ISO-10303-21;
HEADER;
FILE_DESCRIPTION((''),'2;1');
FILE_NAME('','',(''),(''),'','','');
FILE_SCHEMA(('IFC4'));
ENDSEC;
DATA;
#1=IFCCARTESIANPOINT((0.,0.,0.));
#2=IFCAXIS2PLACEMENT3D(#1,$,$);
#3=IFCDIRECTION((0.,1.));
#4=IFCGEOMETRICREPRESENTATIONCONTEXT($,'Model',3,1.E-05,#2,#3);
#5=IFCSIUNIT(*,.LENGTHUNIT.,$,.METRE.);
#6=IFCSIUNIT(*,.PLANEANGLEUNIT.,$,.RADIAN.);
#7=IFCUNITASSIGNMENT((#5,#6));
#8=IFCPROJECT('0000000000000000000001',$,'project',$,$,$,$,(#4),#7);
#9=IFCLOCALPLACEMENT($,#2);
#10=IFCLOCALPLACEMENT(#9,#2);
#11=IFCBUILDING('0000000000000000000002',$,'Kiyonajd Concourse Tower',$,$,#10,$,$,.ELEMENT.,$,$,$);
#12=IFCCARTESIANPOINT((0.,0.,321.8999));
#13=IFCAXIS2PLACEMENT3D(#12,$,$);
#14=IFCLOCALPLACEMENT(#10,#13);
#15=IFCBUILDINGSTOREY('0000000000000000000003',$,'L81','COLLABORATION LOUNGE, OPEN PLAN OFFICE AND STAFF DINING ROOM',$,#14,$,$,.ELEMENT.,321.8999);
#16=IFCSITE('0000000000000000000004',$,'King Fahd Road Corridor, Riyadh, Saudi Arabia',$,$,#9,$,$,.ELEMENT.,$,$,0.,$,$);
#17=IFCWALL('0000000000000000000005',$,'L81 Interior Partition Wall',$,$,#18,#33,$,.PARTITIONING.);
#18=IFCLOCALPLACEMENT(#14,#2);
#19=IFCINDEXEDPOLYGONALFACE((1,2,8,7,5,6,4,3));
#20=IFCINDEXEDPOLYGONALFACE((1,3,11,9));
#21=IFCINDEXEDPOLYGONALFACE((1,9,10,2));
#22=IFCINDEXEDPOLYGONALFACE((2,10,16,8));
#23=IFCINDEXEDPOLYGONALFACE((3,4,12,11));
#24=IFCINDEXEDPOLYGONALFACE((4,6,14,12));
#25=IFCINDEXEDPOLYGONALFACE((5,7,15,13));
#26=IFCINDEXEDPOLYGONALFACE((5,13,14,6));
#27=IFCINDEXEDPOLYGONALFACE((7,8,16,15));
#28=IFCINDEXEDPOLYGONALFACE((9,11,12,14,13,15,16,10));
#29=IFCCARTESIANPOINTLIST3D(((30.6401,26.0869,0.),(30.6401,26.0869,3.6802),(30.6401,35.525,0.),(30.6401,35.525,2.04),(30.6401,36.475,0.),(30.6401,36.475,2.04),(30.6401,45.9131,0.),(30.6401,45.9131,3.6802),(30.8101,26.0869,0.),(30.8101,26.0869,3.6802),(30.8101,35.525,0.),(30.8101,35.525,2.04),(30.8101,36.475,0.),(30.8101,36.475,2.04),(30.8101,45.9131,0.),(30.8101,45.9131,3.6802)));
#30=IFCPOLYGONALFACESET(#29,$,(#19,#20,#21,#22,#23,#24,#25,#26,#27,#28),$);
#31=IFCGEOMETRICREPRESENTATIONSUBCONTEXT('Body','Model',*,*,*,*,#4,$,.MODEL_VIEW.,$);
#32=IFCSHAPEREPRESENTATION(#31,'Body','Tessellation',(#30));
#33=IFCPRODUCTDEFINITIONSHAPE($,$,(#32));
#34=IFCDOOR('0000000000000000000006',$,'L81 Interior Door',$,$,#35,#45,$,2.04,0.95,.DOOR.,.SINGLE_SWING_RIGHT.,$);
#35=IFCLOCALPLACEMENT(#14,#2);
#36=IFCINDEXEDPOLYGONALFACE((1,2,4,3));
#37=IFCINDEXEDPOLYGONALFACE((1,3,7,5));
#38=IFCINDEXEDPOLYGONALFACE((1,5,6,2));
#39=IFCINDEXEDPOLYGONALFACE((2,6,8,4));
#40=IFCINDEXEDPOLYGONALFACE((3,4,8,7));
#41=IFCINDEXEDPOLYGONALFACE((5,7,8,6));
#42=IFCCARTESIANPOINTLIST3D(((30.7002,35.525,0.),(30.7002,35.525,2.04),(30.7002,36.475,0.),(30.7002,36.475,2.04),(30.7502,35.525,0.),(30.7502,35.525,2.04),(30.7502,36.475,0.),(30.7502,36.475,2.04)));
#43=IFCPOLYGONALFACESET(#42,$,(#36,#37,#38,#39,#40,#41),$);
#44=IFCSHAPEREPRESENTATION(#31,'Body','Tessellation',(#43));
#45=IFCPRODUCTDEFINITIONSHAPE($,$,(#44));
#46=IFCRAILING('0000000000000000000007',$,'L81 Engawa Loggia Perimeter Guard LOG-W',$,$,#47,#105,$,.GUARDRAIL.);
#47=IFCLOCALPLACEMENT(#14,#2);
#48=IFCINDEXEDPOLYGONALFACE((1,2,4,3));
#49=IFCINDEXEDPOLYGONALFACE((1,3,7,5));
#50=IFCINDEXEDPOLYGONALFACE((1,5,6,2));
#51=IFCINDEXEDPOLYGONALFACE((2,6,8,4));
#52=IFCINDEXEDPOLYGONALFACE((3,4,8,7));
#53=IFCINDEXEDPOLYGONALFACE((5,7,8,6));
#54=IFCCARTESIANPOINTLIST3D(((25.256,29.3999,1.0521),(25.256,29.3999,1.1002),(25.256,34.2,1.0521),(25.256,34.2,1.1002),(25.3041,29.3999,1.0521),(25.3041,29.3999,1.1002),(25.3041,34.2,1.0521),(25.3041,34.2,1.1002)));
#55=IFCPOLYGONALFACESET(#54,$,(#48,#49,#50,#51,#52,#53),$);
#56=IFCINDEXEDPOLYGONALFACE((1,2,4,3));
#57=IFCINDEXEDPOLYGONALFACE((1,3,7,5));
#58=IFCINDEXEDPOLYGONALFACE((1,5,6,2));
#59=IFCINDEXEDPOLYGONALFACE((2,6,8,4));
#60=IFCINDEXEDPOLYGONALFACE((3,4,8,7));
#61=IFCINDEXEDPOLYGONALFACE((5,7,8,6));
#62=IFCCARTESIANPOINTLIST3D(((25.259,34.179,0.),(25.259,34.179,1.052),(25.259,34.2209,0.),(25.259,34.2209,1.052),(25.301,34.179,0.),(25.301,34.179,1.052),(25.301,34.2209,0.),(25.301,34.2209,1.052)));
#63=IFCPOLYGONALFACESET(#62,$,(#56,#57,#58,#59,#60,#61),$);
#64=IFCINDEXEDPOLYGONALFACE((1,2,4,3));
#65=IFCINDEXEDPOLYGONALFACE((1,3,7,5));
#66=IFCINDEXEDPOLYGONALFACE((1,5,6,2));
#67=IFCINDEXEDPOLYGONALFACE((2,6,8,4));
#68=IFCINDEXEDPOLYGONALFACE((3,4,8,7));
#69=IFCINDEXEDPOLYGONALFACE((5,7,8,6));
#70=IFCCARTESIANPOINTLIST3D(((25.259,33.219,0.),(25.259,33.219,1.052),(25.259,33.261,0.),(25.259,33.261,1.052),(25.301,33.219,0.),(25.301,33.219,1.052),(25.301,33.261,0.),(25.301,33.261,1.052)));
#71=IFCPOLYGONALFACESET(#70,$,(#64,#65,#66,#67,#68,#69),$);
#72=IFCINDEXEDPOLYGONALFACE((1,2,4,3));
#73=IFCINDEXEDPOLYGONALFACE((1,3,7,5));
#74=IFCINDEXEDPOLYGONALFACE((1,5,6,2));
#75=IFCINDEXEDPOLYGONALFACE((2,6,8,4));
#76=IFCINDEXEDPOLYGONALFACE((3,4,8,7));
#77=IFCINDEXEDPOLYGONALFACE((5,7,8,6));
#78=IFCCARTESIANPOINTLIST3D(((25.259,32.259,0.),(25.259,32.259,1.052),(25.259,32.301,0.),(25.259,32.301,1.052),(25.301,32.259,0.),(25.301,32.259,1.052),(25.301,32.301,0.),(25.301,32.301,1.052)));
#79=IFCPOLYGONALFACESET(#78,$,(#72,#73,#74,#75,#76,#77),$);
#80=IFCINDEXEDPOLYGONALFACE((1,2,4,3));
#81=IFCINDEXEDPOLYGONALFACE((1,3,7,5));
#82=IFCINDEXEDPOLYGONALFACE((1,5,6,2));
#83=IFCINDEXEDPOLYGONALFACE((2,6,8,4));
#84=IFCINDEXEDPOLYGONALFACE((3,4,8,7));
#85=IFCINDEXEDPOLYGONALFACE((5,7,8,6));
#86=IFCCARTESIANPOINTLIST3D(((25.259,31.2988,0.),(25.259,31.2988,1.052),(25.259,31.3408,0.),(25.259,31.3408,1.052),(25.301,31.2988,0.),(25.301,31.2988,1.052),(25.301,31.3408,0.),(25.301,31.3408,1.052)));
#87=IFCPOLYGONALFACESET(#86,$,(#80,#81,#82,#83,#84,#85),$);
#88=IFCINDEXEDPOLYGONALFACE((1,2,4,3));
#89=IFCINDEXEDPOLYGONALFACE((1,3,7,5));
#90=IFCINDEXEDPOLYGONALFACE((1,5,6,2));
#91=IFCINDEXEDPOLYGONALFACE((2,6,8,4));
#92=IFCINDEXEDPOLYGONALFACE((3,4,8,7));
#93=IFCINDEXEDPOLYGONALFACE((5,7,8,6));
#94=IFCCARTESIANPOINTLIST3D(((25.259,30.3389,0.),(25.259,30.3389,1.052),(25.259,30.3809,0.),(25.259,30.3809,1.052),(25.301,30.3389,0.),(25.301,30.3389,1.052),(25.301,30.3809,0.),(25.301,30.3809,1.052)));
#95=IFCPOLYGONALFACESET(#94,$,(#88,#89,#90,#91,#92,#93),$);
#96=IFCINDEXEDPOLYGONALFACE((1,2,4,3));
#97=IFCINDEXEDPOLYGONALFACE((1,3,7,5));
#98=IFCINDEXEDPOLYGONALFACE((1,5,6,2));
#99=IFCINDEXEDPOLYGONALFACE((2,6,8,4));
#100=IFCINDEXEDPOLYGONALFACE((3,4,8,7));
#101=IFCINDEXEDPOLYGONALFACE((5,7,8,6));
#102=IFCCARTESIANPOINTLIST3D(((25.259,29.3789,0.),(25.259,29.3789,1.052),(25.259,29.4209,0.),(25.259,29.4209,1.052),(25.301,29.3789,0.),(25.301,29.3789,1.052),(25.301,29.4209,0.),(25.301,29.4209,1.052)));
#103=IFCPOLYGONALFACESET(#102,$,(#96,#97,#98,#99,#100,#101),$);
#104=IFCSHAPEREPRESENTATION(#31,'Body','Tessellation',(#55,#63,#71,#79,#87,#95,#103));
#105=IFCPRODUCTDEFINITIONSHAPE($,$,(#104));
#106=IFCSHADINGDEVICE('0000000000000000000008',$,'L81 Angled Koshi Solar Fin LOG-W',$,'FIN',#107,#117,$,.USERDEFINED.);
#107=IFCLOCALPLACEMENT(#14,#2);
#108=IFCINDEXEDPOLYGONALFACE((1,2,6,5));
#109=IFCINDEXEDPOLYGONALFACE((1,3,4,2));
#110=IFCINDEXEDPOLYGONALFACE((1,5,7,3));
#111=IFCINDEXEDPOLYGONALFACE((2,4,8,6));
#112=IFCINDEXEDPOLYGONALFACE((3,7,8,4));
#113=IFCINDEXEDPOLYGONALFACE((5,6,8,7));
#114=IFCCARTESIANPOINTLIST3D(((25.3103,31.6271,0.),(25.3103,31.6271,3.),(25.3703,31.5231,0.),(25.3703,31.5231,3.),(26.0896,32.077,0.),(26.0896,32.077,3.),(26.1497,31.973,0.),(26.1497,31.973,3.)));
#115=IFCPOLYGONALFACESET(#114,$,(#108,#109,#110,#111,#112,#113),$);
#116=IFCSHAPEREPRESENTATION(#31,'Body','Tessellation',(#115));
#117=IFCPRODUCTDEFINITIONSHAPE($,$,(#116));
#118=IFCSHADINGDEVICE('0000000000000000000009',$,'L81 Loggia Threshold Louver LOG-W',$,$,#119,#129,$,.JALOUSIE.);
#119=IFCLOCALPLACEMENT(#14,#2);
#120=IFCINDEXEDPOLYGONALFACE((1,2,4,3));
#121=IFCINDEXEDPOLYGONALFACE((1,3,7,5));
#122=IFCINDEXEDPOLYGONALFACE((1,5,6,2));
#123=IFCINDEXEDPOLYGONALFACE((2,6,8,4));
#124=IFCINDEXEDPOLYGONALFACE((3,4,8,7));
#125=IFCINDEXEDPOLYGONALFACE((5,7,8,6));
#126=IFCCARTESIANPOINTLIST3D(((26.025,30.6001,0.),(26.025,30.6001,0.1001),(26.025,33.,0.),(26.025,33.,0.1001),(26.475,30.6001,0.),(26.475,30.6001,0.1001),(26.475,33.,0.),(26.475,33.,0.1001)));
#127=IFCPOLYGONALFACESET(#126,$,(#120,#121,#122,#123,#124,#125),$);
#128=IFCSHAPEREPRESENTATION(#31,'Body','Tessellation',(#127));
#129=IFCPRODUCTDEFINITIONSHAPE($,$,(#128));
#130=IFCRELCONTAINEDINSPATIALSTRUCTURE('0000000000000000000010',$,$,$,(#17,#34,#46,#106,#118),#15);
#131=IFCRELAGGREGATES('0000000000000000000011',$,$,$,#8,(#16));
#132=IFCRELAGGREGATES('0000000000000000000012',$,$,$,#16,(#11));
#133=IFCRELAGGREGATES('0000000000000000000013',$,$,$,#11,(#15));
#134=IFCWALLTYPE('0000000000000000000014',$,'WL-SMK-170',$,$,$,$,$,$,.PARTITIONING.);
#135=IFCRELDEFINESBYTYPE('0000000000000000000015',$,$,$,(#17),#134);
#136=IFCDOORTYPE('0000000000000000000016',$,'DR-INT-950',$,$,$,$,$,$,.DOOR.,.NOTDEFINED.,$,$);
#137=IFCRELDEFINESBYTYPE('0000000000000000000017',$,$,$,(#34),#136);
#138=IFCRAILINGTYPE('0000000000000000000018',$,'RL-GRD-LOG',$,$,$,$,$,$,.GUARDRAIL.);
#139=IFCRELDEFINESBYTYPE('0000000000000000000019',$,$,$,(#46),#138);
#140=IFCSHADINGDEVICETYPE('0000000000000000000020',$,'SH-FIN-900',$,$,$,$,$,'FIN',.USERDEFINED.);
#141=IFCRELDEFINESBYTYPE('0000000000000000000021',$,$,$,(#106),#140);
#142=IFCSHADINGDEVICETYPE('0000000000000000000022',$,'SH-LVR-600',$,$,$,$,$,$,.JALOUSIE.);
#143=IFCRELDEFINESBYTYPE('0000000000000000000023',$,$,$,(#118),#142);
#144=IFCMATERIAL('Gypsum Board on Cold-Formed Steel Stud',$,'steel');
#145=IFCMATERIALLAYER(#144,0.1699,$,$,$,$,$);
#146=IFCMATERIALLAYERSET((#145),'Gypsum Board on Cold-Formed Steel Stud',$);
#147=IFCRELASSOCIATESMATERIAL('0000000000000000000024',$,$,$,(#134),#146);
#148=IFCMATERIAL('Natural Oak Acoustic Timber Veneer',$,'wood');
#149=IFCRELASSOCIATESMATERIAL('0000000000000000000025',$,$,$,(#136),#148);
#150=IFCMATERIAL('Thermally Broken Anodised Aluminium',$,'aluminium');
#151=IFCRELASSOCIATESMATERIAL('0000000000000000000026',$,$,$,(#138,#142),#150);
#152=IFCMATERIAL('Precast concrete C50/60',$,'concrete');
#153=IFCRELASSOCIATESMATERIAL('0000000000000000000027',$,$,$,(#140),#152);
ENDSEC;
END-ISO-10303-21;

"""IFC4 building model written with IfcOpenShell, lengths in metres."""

from ifc_helpers import new_model, si_unit, direction, frame, frame_2d, origin, origin_2d, place, context, subcontext, project, spatial, rectangle, extrude, material, layer, layer_set, type_object, element, fill, save


model = new_model("IFC4")

# Units and contexts
model_context = context("Model", 3, precision=1e-05, world=origin(), true_north=direction((0.0, 1.0)))
body_context = subcontext(model_context, "Body", "Model", "MODEL_VIEW")
ifc_project = project(units=[si_unit("LENGTHUNIT", "METRE"), si_unit("PLANEANGLEUNIT", "RADIAN")], contexts=[model_context])

# Site, building, storey
site_placement = place(None, origin())
site = spatial("IfcSite", under=ifc_project, at=site_placement, Name="King Fahd Road Corridor, Riyadh, Saudi Arabia", CompositionType="ELEMENT", RefElevation=0.0)
building_placement = place(site_placement, origin())
building = spatial("IfcBuilding", under=site, at=building_placement, Name="Kiyonajd Concourse Tower", CompositionType="ELEMENT")
storey_placement = place(building_placement, frame((0.0, 0.0, 321.8999)))
storey = spatial("IfcBuildingStorey", under=building, at=storey_placement, Name="L81", Description="COLLABORATION LOUNGE, OPEN PLAN OFFICE AND STAFF DINING ROOM", CompositionType="ELEMENT", Elevation=321.8999)

# Shared definitions
ifc_material_1 = material(Name="Thermally Broken Anodised Aluminium", Category="aluminium")

# Shared definitions
ifc_material_2 = material(Name="Precast concrete C50/60", Category="concrete")

# Shared definitions
ifc_material_3 = material(Name="Gypsum Board on Cold-Formed Steel Stud", Category="steel")
ifc_layer_1 = layer(ifc_material_3, 0.1699)
ifc_layer_set_1 = layer_set([ifc_layer_1], Name="Gypsum Board on Cold-Formed Steel Stud")
wall_type_1 = type_object("IfcWallType", Name="WL-SMK-170", PredefinedType="PARTITIONING", material=ifc_layer_set_1)
ifc_material_4 = material(Name="Natural Oak Acoustic Timber Veneer", Category="wood")
door_type_1 = type_object("IfcDoorType", Name="DR-INT-950", OperationType="NOTDEFINED", PredefinedType="DOOR", material=ifc_material_4)

# Wall, opening, door
wall_1_placement = place(storey_placement, frame((30.7251, 26.0869, 0.0), z_axis=(0.0, 0.0, 1.0), x_axis=(0.0, 1.0, 0.0)))
wall_1 = element("IfcWall", 1, at=wall_1_placement, inside=storey, type_object=wall_type_1, Name="L81 Interior Partition Wall", PredefinedType="PARTITIONING", context=body_context, shape_type="SweptSolid", body=[
    extrude(rectangle(XDim=19.8262, YDim=0.1699, at=frame_2d((9.9131, 0.0))), origin(), (0.0, 0.0, 1.0), 3.6802),
])
opening_1_placement = place(wall_1_placement, frame((9.438, 0.0, 0.0)))
opening_1 = element("IfcOpeningElement", 2, at=opening_1_placement, cuts=wall_1, PredefinedType="OPENING", context=body_context, shape_type="SweptSolid", body=[
    extrude(rectangle(XDim=0.95, YDim=2.04, at=frame_2d((0.4751, 1.02))), frame((0.0, 0.095, 0.0), z_axis=(0.0, -1.0, 0.0), x_axis=(1.0, 0.0, 0.0)), (0.0, 0.0, 1.0), 0.1899),
])
door_1_placement = place(opening_1_placement, origin())
door_1 = element("IfcDoor", 3, at=door_1_placement, inside=storey, type_object=door_type_1, Name="L81 Interior Door", OperationType="SINGLE_SWING_RIGHT", OverallHeight=2.04, OverallWidth=0.95, PredefinedType="DOOR", context=body_context, shape_type="SweptSolid", body=[
    extrude(rectangle(XDim=0.95, YDim=2.04, at=frame_2d((0.4751, 1.02))), frame((0.0, 0.0249, 0.0), z_axis=(0.0, -1.0, 0.0), x_axis=(1.0, 0.0, 0.0)), (0.0, 0.0, 1.0), 0.05),
])
fill(opening_1, door_1)

# Railing
railing_type = type_object("IfcRailingType", Name="RL-GRD-LOG", PredefinedType="GUARDRAIL", material=ifc_material_1)
railing_placement = place(storey_placement, frame((25.28, 34.2, 0.0)))
element("IfcRailing", 4, at=railing_placement, inside=storey, type_object=railing_type, Name="L81 Engawa Loggia Perimeter Guard LOG-W", PredefinedType="GUARDRAIL", context=body_context, shape_type="SweptSolid", body=[
    extrude(rectangle(XDim=0.0481, YDim=0.0481, at=origin_2d()), frame((0.0, 0.0, 1.0762), z_axis=(0.0, -1.0, 0.0), x_axis=(1.0, 0.0, 0.0)), (0.0, 0.0, 1.0), 4.8),
    extrude(rectangle(XDim=0.042, YDim=0.042, at=origin_2d()), origin(), (0.0, 0.0, 1.0), 1.052),
    extrude(rectangle(XDim=0.042, YDim=0.042, at=origin_2d()), frame((0.0, -0.96, 0.0)), (0.0, 0.0, 1.0), 1.052),
    extrude(rectangle(XDim=0.042, YDim=0.042, at=origin_2d()), frame((0.0, -1.9199, 0.0)), (0.0, 0.0, 1.0), 1.052),
    extrude(rectangle(XDim=0.042, YDim=0.042, at=origin_2d()), frame((0.0, -2.8801, 0.0)), (0.0, 0.0, 1.0), 1.052),
    extrude(rectangle(XDim=0.042, YDim=0.042, at=origin_2d()), frame((0.0, -3.8401, 0.0)), (0.0, 0.0, 1.0), 1.052),
    extrude(rectangle(XDim=0.042, YDim=0.042, at=origin_2d()), frame((0.0, -4.8, 0.0)), (0.0, 0.0, 1.0), 1.052),
])

# Shading devices
shading_device_type_1 = type_object("IfcShadingDeviceType", Name="SH-FIN-900", ElementType="FIN", PredefinedType="USERDEFINED", material=ifc_material_2)
shading_device_1_placement = place(storey_placement, frame((25.73, 31.8, 0.0), z_axis=(0.0, 0.0, 1.0), x_axis=(0.866025, 0.5, 0.0)))
element("IfcShadingDevice", 5, at=shading_device_1_placement, inside=storey, type_object=shading_device_type_1, Name="L81 Angled Koshi Solar Fin LOG-W", ObjectType="FIN", PredefinedType="USERDEFINED", context=body_context, shape_type="SweptSolid", body=[
    extrude(rectangle(XDim=0.8999, YDim=0.1201, at=origin_2d()), origin(), (0.0, 0.0, 1.0), 3.0),
])
shading_device_type_2 = type_object("IfcShadingDeviceType", Name="SH-LVR-600", PredefinedType="JALOUSIE", material=ifc_material_1)
shading_device_2_placement = place(storey_placement, frame((26.25, 31.8, 0.0), z_axis=(0.0, 0.0, 1.0), x_axis=(0.0, 1.0, 0.0)))
element("IfcShadingDevice", 6, at=shading_device_2_placement, inside=storey, type_object=shading_device_type_2, Name="L81 Loggia Threshold Louver LOG-W", PredefinedType="JALOUSIE", context=body_context, shape_type="SweptSolid", body=[
    extrude(rectangle(XDim=2.3999, YDim=0.45, at=origin_2d()), origin(), (0.0, 0.0, 1.0), 0.1001),
])

save(model, "model.ifc")
